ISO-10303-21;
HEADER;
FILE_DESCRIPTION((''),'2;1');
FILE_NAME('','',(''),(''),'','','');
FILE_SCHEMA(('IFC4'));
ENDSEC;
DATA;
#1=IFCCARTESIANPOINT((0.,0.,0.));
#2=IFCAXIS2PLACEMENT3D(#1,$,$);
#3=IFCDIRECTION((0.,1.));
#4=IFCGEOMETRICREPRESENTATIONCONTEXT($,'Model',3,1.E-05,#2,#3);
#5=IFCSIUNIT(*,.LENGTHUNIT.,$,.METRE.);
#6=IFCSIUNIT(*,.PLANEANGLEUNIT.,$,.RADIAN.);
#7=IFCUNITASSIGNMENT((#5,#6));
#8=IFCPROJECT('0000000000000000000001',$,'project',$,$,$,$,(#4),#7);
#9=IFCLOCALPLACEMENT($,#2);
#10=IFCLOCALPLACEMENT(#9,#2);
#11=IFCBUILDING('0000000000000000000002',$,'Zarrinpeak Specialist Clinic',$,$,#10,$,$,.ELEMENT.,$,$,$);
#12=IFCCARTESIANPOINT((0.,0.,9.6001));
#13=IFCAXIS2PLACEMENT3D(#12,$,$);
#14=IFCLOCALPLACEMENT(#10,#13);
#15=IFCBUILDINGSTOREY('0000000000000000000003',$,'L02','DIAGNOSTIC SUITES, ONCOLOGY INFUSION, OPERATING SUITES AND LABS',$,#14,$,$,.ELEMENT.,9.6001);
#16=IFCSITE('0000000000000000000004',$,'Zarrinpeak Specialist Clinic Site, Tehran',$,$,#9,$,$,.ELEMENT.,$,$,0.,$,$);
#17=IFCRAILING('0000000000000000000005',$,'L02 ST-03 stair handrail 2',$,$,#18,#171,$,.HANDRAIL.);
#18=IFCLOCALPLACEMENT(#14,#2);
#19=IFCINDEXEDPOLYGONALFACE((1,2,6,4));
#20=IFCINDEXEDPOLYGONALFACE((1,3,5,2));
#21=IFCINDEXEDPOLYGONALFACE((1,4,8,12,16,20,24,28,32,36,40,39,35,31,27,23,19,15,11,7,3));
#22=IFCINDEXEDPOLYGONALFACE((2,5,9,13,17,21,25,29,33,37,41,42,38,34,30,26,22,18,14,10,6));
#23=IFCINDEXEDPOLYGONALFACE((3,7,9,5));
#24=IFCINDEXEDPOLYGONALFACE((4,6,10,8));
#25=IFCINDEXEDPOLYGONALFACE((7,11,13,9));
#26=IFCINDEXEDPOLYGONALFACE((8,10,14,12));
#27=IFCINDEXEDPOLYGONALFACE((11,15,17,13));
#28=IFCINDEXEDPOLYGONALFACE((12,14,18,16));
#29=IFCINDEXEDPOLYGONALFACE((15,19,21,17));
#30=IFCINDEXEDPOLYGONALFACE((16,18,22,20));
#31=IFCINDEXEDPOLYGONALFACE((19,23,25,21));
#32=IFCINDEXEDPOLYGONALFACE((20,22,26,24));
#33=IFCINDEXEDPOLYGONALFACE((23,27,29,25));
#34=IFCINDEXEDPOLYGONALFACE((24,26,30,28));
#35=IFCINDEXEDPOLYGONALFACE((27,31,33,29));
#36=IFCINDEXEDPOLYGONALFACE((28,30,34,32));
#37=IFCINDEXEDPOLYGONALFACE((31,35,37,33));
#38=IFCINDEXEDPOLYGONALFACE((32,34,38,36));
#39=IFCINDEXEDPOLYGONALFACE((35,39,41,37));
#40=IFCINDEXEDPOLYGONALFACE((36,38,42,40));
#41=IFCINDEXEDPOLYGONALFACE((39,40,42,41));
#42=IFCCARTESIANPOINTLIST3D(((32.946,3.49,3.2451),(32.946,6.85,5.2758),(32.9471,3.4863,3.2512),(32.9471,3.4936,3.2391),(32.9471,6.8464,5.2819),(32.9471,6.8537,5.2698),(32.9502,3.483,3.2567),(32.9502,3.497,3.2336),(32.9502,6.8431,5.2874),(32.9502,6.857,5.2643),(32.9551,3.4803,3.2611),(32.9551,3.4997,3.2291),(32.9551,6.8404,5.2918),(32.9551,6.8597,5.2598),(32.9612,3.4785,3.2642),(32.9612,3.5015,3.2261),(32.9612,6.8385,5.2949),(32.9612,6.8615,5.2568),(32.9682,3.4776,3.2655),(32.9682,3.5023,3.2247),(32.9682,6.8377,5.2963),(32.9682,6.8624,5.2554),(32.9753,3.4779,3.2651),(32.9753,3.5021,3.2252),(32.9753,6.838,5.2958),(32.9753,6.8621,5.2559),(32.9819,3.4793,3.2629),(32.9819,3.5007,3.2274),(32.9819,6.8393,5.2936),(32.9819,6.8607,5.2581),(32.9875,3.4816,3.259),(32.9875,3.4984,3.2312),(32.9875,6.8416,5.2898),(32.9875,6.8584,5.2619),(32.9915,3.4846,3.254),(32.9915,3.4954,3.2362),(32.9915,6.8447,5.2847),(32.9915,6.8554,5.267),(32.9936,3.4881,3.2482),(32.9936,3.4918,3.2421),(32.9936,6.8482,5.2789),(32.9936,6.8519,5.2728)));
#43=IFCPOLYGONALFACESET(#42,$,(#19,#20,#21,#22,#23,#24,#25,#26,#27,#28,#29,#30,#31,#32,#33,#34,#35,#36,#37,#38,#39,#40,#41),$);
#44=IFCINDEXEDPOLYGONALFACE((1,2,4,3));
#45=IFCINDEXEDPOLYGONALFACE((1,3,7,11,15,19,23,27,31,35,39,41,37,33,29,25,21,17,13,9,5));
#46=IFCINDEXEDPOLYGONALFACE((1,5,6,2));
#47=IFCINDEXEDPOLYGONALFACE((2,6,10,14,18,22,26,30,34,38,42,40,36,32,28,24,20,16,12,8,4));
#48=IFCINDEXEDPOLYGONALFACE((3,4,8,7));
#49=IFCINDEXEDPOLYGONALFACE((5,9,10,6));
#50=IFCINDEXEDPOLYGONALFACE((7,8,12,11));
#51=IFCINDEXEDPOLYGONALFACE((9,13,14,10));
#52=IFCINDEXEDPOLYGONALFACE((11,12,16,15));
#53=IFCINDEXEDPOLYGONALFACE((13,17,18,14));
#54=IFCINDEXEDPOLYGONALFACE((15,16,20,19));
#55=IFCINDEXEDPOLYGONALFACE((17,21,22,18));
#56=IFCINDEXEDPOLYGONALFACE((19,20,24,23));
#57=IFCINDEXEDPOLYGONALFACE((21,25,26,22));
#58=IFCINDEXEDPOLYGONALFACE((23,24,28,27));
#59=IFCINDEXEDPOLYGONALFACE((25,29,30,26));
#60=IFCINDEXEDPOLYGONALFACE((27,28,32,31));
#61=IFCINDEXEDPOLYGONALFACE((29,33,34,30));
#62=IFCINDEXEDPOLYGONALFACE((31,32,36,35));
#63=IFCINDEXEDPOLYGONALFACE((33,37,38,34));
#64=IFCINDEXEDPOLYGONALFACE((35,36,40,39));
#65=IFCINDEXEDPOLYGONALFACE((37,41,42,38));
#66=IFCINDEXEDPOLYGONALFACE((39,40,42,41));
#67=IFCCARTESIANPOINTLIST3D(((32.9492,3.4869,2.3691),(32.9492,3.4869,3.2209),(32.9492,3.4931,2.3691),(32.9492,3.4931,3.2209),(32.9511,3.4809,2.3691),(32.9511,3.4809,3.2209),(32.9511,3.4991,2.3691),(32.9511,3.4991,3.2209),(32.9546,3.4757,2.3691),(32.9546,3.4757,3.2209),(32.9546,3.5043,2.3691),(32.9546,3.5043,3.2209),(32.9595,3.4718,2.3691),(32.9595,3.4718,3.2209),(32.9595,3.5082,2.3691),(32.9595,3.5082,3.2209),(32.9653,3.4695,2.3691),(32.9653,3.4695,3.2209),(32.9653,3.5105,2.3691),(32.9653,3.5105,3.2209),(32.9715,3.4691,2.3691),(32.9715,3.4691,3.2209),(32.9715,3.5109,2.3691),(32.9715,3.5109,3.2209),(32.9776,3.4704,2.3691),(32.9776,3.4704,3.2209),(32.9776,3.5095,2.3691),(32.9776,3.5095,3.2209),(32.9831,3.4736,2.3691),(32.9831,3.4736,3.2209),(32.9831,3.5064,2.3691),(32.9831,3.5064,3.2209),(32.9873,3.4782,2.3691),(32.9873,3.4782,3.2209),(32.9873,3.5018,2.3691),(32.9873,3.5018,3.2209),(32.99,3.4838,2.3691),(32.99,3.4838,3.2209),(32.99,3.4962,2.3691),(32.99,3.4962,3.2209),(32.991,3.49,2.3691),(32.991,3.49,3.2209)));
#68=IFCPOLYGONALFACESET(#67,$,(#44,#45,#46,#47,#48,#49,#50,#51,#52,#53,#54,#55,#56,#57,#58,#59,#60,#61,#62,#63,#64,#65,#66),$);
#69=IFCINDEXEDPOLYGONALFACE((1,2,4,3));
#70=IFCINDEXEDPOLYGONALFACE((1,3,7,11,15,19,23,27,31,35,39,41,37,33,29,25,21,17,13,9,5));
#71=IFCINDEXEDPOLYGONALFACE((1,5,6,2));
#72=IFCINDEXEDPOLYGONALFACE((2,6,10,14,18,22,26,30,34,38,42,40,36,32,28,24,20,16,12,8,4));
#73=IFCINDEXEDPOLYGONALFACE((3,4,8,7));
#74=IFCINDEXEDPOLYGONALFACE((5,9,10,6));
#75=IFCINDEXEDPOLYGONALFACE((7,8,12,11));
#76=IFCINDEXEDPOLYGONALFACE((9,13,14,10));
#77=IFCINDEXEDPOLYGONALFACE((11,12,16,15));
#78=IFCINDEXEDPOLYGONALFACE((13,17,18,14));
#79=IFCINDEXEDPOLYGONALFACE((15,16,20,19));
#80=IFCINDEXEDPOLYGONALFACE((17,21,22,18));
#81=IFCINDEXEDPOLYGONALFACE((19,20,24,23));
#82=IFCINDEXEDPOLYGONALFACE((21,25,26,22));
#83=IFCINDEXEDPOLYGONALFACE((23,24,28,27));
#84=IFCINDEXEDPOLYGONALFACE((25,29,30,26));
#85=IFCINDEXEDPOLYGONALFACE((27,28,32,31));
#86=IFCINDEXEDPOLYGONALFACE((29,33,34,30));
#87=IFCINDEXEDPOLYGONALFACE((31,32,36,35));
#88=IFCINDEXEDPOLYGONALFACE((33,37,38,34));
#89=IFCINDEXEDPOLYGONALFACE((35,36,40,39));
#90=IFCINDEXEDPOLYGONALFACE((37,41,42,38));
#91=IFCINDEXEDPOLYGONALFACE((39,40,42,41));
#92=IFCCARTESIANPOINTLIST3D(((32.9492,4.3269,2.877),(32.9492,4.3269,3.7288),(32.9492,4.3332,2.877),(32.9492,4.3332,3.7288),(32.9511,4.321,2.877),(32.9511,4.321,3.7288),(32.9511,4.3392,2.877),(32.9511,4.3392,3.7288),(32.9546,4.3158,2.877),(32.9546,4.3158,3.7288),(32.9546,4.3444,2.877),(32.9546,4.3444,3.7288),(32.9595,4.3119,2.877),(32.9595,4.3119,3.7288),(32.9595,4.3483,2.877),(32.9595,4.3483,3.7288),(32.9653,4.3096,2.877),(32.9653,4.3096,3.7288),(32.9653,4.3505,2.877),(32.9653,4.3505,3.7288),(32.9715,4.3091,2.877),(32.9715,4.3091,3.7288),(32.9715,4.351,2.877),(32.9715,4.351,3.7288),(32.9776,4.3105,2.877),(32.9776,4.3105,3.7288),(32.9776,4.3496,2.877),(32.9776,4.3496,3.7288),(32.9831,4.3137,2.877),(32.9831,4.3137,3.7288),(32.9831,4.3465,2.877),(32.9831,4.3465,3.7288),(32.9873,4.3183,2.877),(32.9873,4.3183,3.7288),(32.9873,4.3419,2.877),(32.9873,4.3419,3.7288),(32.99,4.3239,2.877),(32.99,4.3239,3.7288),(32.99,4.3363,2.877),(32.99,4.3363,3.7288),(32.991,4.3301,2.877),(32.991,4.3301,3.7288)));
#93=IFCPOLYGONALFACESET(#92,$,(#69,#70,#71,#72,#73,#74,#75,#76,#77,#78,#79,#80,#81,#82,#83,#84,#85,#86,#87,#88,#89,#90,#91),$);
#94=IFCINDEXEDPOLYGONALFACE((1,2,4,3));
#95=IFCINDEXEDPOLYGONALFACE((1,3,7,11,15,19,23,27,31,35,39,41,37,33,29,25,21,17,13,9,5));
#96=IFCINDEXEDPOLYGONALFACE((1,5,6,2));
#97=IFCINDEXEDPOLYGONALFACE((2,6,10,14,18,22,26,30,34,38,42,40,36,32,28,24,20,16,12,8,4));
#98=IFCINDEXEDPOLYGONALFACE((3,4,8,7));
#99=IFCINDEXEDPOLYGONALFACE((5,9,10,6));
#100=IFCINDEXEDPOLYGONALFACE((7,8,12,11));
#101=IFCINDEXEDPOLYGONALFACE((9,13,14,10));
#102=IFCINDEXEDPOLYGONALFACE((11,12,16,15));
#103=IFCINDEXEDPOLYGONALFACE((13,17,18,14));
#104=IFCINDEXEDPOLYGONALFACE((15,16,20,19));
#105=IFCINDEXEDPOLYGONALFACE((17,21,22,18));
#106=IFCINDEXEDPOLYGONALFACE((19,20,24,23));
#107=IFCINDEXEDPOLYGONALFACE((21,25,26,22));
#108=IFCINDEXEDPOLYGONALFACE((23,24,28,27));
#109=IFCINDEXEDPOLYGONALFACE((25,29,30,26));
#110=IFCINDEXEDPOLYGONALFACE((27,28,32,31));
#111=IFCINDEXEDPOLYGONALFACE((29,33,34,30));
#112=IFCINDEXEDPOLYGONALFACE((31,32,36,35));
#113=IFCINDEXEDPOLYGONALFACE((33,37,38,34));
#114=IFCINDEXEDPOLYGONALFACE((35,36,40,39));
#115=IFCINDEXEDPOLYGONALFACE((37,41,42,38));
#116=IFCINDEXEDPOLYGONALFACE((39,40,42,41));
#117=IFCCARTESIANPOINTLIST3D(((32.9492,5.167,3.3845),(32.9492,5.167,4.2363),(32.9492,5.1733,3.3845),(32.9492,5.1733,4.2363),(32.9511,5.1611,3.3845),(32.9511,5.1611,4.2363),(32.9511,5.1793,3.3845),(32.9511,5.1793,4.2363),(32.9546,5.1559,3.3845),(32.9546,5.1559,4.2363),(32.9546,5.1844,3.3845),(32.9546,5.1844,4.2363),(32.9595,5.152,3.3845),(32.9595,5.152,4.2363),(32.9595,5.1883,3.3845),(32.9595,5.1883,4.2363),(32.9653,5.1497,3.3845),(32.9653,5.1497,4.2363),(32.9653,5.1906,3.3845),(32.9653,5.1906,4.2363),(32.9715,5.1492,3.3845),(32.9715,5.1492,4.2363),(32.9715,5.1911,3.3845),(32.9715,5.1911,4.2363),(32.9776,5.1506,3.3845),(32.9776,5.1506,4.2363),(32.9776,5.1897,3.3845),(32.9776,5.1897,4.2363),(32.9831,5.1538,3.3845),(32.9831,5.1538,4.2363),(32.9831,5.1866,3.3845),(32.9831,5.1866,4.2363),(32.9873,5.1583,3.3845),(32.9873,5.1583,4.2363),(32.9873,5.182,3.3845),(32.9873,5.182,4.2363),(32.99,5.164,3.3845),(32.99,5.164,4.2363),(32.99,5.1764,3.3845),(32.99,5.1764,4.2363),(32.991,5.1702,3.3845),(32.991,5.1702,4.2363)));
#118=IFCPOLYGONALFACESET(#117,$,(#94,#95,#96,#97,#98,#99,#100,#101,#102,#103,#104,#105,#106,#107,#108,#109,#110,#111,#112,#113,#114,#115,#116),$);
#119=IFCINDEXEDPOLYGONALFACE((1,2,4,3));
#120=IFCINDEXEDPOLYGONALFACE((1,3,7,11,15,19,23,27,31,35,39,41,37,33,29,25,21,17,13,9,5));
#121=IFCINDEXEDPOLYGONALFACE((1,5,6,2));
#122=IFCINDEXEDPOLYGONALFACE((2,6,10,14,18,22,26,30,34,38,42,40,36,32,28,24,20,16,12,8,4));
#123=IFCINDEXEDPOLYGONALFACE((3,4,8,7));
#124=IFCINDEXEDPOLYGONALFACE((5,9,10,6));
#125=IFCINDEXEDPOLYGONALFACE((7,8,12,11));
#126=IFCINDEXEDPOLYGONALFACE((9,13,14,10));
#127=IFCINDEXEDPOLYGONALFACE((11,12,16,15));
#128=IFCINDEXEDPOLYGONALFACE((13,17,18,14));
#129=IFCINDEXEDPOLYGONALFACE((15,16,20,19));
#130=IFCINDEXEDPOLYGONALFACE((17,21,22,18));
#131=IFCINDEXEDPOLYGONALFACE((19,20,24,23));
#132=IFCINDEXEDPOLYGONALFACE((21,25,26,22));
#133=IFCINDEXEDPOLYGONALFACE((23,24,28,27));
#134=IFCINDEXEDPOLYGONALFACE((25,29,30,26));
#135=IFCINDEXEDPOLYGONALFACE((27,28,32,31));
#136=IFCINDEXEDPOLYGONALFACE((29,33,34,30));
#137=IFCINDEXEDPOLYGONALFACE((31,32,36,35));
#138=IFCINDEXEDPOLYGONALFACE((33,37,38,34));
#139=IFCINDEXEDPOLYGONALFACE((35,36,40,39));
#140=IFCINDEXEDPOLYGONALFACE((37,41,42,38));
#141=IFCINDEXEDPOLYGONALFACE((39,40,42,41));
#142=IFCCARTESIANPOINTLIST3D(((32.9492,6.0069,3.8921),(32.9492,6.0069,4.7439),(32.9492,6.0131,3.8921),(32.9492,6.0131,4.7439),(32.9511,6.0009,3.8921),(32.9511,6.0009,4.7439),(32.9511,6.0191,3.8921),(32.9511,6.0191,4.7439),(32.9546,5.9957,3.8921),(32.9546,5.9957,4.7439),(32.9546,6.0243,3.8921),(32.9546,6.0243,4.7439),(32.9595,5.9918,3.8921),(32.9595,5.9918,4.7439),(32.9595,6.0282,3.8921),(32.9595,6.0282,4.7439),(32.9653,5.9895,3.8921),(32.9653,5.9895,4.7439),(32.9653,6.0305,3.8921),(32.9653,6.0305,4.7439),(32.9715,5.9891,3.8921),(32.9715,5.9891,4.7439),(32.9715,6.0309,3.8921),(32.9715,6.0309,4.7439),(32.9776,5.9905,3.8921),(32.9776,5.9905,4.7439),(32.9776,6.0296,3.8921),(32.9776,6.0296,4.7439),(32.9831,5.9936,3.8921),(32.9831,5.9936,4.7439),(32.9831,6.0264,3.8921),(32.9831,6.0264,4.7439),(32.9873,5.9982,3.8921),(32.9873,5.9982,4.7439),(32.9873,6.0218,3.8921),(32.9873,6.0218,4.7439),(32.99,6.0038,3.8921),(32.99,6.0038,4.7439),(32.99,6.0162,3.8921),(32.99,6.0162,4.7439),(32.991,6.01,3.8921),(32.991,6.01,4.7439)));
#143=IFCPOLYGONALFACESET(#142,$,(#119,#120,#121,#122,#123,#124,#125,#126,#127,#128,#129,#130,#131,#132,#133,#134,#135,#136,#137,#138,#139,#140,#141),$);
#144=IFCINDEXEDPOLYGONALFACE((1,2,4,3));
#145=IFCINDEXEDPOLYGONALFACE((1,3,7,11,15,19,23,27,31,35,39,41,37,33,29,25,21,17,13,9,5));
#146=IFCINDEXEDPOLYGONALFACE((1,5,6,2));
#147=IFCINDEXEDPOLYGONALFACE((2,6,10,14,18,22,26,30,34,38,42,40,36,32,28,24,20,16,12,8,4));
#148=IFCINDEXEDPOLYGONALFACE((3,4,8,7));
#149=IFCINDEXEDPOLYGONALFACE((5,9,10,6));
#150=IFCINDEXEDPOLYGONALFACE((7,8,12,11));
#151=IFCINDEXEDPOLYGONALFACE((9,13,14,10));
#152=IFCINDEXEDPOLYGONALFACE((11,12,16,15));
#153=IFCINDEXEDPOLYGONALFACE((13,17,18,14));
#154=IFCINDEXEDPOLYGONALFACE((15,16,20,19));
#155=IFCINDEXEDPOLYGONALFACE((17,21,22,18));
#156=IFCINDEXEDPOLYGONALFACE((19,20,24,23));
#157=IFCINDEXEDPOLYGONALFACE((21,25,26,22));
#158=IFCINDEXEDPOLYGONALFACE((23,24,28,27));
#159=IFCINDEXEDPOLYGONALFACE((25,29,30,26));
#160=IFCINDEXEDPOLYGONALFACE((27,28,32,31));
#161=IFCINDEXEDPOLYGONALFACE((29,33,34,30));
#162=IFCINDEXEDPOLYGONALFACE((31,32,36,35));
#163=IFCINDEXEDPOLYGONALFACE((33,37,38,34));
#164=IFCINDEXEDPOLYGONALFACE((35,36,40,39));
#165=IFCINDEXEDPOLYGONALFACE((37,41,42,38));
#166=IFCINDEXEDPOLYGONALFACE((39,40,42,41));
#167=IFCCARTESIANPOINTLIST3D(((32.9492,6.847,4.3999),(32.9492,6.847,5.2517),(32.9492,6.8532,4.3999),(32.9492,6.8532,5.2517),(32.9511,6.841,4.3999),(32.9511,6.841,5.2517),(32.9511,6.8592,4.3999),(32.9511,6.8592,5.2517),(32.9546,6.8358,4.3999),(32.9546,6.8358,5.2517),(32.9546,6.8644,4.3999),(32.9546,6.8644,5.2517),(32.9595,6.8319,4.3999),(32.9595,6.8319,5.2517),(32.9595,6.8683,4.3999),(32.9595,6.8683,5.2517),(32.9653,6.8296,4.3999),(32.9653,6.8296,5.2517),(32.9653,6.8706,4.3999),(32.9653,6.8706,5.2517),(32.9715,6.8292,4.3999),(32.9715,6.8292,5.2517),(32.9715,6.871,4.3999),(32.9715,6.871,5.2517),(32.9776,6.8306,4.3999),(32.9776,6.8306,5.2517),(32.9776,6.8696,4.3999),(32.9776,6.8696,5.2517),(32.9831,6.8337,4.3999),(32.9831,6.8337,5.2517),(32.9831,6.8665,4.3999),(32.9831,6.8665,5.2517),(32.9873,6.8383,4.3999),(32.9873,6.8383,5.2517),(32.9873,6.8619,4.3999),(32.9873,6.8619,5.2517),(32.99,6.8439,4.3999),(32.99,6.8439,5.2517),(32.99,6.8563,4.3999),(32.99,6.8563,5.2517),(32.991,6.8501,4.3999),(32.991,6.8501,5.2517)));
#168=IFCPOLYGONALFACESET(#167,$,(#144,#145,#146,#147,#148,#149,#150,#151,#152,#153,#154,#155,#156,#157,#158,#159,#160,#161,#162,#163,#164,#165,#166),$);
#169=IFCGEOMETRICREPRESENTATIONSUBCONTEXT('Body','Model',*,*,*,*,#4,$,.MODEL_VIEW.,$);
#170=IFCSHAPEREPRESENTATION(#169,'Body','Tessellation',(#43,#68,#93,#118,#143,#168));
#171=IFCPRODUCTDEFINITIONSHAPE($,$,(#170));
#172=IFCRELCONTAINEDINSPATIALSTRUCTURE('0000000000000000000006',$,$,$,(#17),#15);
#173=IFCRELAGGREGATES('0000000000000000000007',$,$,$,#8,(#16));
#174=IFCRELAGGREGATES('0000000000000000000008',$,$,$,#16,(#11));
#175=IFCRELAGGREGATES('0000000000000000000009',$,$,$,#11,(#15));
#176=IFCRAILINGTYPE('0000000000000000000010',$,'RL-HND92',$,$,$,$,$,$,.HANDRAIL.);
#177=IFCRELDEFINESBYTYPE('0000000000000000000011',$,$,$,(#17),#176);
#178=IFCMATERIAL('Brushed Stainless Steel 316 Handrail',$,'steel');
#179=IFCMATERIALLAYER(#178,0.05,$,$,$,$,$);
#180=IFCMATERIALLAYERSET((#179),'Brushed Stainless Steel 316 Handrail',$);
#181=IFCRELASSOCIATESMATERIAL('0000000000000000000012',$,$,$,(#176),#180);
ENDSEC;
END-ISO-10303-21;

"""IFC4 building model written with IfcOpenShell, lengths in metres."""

from ifc_helpers import new_model, si_unit, direction, frame, origin, origin_2d, place, context, subcontext, project, spatial, circle, extrude, material, layer, layer_set, type_object, element, save


model = new_model("IFC4")

# Units and contexts
model_context = context("Model", 3, precision=1e-05, world=origin(), true_north=direction((0.0, 1.0)))
body_context = subcontext(model_context, "Body", "Model", "MODEL_VIEW")
ifc_project = project(units=[si_unit("LENGTHUNIT", "METRE"), si_unit("PLANEANGLEUNIT", "RADIAN")], contexts=[model_context])

# Site, building, storey
site_placement = place(None, origin())
site = spatial("IfcSite", under=ifc_project, at=site_placement, Name="Zarrinpeak Specialist Clinic Site, Tehran", CompositionType="ELEMENT", RefElevation=0.0)
building_placement = place(site_placement, origin())
building = spatial("IfcBuilding", under=site, at=building_placement, Name="Zarrinpeak Specialist Clinic", CompositionType="ELEMENT")
storey_placement = place(building_placement, frame((0.0, 0.0, 9.6001)))
storey = spatial("IfcBuildingStorey", under=building, at=storey_placement, Name="L02", Description="DIAGNOSTIC SUITES, ONCOLOGY INFUSION, OPERATING SUITES AND LABS", CompositionType="ELEMENT", Elevation=9.6001)

# Railing
ifc_material_1 = material(Name="Brushed Stainless Steel 316 Handrail", Category="steel")
ifc_layer_1 = layer(ifc_material_1, 0.05)
ifc_layer_set_1 = layer_set([ifc_layer_1], Name="Brushed Stainless Steel 316 Handrail")
railing_type_1 = type_object("IfcRailingType", Name="RL-HND92", PredefinedType="HANDRAIL", material=ifc_layer_set_1)
railing_1_placement = place(storey_placement, frame((32.97, 3.49, 2.3691)))
element("IfcRailing", 1, at=railing_1_placement, inside=storey, type_object=railing_type_1, Name="L02 ST-03 stair handrail 2", PredefinedType="HANDRAIL", context=body_context, shape_type="SweptSolid", body=[
    extrude(circle(Radius=0.0239, at=origin_2d()), frame((0.0, 0.0, 0.876), z_axis=(0.0, 0.855837, 0.517246), x_axis=(-1.0, 0.0, 0.0)), (0.0, 0.0, 1.0), 3.926),
    extrude(circle(Radius=0.021, at=origin_2d()), origin(), (0.0, 0.0, 1.0), 0.8518),
    extrude(circle(Radius=0.021, at=origin_2d()), frame((0.0, 0.8401, 0.5078)), (0.0, 0.0, 1.0), 0.8518),
    extrude(circle(Radius=0.021, at=origin_2d()), frame((0.0, 1.6802, 1.0154)), (0.0, 0.0, 1.0), 0.8518),
    extrude(circle(Radius=0.021, at=origin_2d()), frame((0.0, 2.52, 1.5229)), (0.0, 0.0, 1.0), 0.8518),
    extrude(circle(Radius=0.021, at=origin_2d()), frame((0.0, 3.3601, 2.0308)), (0.0, 0.0, 1.0), 0.8518),
])

save(model, "model.ifc")
